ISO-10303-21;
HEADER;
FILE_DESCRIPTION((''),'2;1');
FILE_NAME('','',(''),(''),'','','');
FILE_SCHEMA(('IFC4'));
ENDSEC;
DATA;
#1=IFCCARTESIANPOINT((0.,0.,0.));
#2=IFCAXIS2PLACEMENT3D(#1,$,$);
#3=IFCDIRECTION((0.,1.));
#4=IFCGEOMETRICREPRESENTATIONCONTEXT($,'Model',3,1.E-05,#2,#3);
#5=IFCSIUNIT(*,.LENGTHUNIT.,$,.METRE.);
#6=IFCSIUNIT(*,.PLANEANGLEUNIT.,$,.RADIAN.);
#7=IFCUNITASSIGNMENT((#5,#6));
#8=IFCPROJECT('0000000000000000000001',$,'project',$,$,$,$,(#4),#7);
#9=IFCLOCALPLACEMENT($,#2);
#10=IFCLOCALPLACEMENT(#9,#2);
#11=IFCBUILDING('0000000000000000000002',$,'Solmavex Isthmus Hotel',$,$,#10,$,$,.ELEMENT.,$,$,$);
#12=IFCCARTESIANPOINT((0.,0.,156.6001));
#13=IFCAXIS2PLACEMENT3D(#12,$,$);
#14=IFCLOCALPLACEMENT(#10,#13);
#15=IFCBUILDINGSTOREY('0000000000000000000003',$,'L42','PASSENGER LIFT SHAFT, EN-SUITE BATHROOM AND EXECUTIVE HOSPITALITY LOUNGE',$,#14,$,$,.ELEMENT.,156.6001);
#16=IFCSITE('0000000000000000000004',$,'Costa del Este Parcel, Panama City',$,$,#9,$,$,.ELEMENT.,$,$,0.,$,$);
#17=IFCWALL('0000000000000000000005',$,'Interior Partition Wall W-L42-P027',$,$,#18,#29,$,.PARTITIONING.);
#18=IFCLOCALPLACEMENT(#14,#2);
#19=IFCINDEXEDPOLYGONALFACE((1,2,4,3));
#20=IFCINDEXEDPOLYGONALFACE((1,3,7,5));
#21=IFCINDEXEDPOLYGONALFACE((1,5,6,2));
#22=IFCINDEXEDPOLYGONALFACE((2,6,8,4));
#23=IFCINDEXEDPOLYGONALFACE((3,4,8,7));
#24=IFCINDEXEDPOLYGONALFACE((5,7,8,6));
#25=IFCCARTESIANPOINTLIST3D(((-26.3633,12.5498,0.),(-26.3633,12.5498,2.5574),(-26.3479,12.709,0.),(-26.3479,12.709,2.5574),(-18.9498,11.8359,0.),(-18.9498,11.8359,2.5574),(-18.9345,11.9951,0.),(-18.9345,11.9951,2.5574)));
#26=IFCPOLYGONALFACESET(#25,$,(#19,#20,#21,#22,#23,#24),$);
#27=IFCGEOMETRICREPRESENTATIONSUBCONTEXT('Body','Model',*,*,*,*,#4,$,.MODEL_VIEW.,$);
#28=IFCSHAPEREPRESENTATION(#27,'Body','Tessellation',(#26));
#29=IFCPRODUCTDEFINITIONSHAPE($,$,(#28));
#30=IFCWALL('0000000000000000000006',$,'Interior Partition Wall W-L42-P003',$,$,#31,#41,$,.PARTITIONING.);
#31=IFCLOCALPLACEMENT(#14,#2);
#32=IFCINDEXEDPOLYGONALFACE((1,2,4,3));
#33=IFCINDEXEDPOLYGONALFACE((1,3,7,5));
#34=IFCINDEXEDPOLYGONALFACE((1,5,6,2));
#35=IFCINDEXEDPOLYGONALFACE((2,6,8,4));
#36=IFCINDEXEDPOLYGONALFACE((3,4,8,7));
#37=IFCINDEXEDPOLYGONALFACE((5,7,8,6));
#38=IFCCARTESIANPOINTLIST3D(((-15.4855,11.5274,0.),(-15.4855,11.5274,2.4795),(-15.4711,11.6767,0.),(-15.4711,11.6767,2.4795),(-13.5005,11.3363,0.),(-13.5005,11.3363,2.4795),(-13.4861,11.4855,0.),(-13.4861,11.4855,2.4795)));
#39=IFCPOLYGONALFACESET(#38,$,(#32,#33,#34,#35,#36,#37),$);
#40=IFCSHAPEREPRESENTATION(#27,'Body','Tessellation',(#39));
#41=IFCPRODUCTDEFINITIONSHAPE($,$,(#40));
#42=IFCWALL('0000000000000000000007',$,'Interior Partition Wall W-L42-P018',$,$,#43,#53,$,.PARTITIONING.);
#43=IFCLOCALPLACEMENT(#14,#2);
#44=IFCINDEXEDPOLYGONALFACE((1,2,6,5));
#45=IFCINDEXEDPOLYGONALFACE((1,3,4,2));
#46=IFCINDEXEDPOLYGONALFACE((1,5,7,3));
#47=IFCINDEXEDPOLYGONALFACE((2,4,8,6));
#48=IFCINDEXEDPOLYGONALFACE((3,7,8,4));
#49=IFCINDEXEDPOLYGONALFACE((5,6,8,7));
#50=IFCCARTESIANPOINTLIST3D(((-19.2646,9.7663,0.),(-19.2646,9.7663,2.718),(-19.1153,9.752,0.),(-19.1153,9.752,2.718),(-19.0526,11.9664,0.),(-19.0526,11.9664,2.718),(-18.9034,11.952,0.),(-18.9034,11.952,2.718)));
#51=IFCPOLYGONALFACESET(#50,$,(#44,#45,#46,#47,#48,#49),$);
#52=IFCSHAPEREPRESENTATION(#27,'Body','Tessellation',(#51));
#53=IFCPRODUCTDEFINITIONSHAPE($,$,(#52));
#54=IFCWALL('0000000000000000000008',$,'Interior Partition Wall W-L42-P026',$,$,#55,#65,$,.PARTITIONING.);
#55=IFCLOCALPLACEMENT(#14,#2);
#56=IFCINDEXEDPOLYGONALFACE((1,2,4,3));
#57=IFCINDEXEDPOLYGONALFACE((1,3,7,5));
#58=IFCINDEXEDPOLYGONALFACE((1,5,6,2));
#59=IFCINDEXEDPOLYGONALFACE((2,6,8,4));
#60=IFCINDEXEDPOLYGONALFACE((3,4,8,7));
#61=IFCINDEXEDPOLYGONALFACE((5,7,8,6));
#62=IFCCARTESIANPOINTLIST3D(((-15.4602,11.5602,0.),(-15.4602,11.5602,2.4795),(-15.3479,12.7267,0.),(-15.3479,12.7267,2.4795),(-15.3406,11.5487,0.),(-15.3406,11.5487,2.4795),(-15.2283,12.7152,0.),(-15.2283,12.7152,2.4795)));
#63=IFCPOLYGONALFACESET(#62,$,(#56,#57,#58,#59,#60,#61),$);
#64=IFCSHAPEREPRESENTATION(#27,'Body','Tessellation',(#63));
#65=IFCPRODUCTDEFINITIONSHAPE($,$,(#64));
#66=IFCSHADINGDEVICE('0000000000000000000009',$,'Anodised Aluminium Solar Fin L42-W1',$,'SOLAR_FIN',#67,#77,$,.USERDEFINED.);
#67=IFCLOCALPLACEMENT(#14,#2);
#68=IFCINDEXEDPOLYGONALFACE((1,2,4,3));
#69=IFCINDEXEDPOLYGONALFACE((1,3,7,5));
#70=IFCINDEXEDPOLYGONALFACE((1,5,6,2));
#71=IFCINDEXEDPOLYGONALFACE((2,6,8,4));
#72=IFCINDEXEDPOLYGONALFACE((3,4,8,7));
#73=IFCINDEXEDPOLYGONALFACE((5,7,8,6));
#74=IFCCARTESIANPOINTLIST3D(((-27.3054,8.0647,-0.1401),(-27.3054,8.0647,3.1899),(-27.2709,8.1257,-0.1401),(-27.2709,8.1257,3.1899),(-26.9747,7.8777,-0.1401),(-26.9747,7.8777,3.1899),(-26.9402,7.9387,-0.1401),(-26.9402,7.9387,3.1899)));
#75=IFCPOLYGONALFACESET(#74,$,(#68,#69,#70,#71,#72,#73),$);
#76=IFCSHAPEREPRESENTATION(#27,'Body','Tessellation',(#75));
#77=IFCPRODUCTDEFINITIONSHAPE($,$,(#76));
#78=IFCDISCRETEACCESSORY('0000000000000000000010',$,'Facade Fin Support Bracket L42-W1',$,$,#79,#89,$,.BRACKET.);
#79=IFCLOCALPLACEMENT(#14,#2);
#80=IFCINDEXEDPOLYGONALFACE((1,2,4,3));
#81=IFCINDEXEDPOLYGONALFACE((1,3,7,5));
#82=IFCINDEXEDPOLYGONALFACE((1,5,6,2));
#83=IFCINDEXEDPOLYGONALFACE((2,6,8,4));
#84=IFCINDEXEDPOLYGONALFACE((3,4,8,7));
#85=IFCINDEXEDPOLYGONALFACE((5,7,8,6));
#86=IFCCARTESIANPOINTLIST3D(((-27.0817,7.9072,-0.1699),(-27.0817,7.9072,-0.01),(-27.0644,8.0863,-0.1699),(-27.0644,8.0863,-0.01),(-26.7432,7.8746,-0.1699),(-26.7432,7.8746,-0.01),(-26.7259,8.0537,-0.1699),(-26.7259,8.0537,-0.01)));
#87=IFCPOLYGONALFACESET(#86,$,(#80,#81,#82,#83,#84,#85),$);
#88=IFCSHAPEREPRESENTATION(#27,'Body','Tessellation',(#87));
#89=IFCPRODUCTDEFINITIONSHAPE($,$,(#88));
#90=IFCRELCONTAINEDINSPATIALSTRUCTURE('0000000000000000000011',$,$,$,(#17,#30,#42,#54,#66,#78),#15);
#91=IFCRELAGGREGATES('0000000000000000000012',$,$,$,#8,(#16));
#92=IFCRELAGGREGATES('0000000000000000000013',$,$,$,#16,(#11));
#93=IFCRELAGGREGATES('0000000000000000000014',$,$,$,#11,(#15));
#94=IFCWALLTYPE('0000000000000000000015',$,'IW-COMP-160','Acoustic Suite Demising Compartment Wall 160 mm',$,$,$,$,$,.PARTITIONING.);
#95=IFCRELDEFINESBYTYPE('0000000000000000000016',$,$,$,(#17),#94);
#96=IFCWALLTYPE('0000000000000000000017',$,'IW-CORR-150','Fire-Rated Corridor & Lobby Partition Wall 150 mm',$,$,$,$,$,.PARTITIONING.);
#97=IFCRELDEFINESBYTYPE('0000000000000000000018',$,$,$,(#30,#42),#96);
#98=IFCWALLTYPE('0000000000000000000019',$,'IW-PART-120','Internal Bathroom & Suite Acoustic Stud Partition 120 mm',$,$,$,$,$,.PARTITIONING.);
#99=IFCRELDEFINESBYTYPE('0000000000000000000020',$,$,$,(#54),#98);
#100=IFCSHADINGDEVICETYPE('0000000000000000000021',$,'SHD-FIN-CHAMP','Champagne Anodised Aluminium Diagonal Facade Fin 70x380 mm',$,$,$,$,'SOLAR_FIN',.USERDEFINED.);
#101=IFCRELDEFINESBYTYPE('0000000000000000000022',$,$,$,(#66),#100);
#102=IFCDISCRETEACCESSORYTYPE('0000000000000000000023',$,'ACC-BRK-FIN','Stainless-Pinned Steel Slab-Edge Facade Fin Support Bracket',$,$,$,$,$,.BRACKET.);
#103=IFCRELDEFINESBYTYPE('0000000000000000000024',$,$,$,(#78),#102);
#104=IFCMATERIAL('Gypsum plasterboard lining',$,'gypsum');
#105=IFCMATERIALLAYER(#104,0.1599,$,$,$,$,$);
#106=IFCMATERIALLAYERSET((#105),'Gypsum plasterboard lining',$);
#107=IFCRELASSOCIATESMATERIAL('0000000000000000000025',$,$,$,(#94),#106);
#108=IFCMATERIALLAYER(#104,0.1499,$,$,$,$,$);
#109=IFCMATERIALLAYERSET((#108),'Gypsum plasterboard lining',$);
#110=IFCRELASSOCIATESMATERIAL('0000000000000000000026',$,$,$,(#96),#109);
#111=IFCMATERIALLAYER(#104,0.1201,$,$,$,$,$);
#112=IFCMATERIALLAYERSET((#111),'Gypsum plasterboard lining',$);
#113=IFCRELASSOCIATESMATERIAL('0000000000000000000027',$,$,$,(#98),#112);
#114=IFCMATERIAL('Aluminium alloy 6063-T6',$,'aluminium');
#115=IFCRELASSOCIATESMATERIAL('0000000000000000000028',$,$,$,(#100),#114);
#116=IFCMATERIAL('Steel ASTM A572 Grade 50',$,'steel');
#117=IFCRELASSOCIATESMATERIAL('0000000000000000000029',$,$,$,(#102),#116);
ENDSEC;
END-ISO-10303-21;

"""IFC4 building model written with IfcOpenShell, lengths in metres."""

from ifc_helpers import new_model, si_unit, direction, frame, frame_2d, origin, origin_2d, place, context, subcontext, project, spatial, rectangle, extrude, material, layer, layer_set, type_object, element, save


model = new_model("IFC4")

# Units and contexts
model_context = context("Model", 3, precision=1e-05, world=origin(), true_north=direction((0.0, 1.0)))
body_context = subcontext(model_context, "Body", "Model", "MODEL_VIEW")
ifc_project = project(units=[si_unit("LENGTHUNIT", "METRE"), si_unit("PLANEANGLEUNIT", "RADIAN")], contexts=[model_context])

# Site, building, storey
site_placement = place(None, origin())
site = spatial("IfcSite", under=ifc_project, at=site_placement, Name="Costa del Este Parcel, Panama City", CompositionType="ELEMENT", RefElevation=0.0)
building_placement = place(site_placement, origin())
building = spatial("IfcBuilding", under=site, at=building_placement, Name="Solmavex Isthmus Hotel", CompositionType="ELEMENT")
storey_placement = place(building_placement, frame((0.0, 0.0, 156.6001)))
storey = spatial("IfcBuildingStorey", under=building, at=storey_placement, Name="L42", Description="PASSENGER LIFT SHAFT, EN-SUITE BATHROOM AND EXECUTIVE HOSPITALITY LOUNGE", CompositionType="ELEMENT", Elevation=156.6001)

# Shared definitions
ifc_material_1 = material(Name="Aluminium alloy 6063-T6", Category="aluminium")

# Wall
ifc_material_2 = material(Name="Gypsum plasterboard lining", Category="gypsum")
ifc_layer_1 = layer(ifc_material_2, 0.1599)
ifc_layer_set_1 = layer_set([ifc_layer_1], Name="Gypsum plasterboard lining")
wall_type_1 = type_object("IfcWallType", Name="IW-COMP-160", Description="Acoustic Suite Demising Compartment Wall 160 mm", PredefinedType="PARTITIONING", material=ifc_layer_set_1)
wall_1_placement = place(storey_placement, frame((-18.9421, 11.9155, 0.0), z_axis=(0.0, 0.0, 1.0), x_axis=(-0.995396, 0.095849, 0.0)))
element("IfcWall", 1, at=wall_1_placement, inside=storey, type_object=wall_type_1, Name="Interior Partition Wall W-L42-P027", PredefinedType="PARTITIONING", context=body_context, shape_type="SweptSolid", body=[
    extrude(rectangle(XDim=7.4478, YDim=0.1599, at=frame_2d((3.7239, 0.0))), origin(), (0.0, 0.0, 1.0), 2.5574),
])

# Shared definitions
ifc_layer_2 = layer(ifc_material_2, 0.1499)
ifc_layer_set_2 = layer_set([ifc_layer_2], Name="Gypsum plasterboard lining")
wall_type_2 = type_object("IfcWallType", Name="IW-CORR-150", Description="Fire-Rated Corridor & Lobby Partition Wall 150 mm", PredefinedType="PARTITIONING", material=ifc_layer_set_2)

# Wall
wall_2_placement = place(storey_placement, frame((-15.4783, 11.6021, 0.0), z_axis=(0.0, 0.0, 1.0), x_axis=(0.995394, -0.095866, 0.0)))
element("IfcWall", 2, at=wall_2_placement, inside=storey, type_object=wall_type_2, Name="Interior Partition Wall W-L42-P003", PredefinedType="PARTITIONING", context=body_context, shape_type="SweptSolid", body=[
    extrude(rectangle(XDim=1.9941, YDim=0.1499, at=frame_2d((0.9971, 0.0))), origin(), (0.0, 0.0, 1.0), 2.4795),
])

# Walls
wall_3_placement = place(storey_placement, frame((-19.1899, 9.7593, 0.0), z_axis=(0.0, 0.0, 1.0), x_axis=(0.095883, 0.995393, 0.0)))
element("IfcWall", 3, at=wall_3_placement, inside=storey, type_object=wall_type_2, Name="Interior Partition Wall W-L42-P018", PredefinedType="PARTITIONING", context=body_context, shape_type="SweptSolid", body=[
    extrude(rectangle(XDim=2.2102, YDim=0.1499, at=frame_2d((1.105, 0.0))), origin(), (0.0, 0.0, 1.0), 2.718),
])
ifc_layer_3 = layer(ifc_material_2, 0.1201)
ifc_layer_set_3 = layer_set([ifc_layer_3], Name="Gypsum plasterboard lining")
wall_type_3 = type_object("IfcWallType", Name="IW-PART-120", Description="Internal Bathroom & Suite Acoustic Stud Partition 120 mm", PredefinedType="PARTITIONING", material=ifc_layer_set_3)
wall_4_placement = place(storey_placement, frame((-15.2881, 12.7209, 0.0), z_axis=(0.0, 0.0, 1.0), x_axis=(-0.095831, -0.995398, 0.0)))
element("IfcWall", 4, at=wall_4_placement, inside=storey, type_object=wall_type_3, Name="Interior Partition Wall W-L42-P026", PredefinedType="PARTITIONING", context=body_context, shape_type="SweptSolid", body=[
    extrude(rectangle(XDim=1.1719, YDim=0.1201, at=frame_2d((0.5859, 0.0))), origin(), (0.0, 0.0, 1.0), 2.4795),
])

# Shading device
shading_device_type = type_object("IfcShadingDeviceType", Name="SHD-FIN-CHAMP", Description="Champagne Anodised Aluminium Diagonal Facade Fin 70x380 mm", ElementType="SOLAR_FIN", PredefinedType="USERDEFINED", material=ifc_material_1)
shading_device_placement = place(storey_placement, frame((-27.1228, 8.0017, -0.1401), z_axis=(0.0, 0.0, 1.0), x_axis=(-0.870356, 0.492424, 0.0)))
element("IfcShadingDevice", 5, at=shading_device_placement, inside=storey, type_object=shading_device_type, Name="Anodised Aluminium Solar Fin L42-W1", ObjectType="SOLAR_FIN", PredefinedType="USERDEFINED", context=body_context, shape_type="SweptSolid", body=[
    extrude(rectangle(XDim=0.3799, YDim=0.0701, at=origin_2d()), origin(), (0.0, 0.0, 1.0), 3.3301),
])

# Discrete accessory
ifc_material_3 = material(Name="Steel ASTM A572 Grade 50", Category="steel")
discrete_accessory_type = type_object("IfcDiscreteAccessoryType", Name="ACC-BRK-FIN", Description="Stainless-Pinned Steel Slab-Edge Facade Fin Support Bracket", PredefinedType="BRACKET", material=ifc_material_3)
discrete_accessory_placement = place(storey_placement, frame((-26.9038, 7.9805, -0.1699), z_axis=(0.0, 0.0, 1.0), x_axis=(-0.995396, 0.095846, 0.0)))
element("IfcDiscreteAccessory", 6, at=discrete_accessory_placement, inside=storey, type_object=discrete_accessory_type, Name="Facade Fin Support Bracket L42-W1", PredefinedType="BRACKET", context=body_context, shape_type="SweptSolid", body=[
    extrude(rectangle(XDim=0.3401, YDim=0.1799, at=origin_2d()), origin(), (0.0, 0.0, 1.0), 0.1599),
])

save(model, "model.ifc")
